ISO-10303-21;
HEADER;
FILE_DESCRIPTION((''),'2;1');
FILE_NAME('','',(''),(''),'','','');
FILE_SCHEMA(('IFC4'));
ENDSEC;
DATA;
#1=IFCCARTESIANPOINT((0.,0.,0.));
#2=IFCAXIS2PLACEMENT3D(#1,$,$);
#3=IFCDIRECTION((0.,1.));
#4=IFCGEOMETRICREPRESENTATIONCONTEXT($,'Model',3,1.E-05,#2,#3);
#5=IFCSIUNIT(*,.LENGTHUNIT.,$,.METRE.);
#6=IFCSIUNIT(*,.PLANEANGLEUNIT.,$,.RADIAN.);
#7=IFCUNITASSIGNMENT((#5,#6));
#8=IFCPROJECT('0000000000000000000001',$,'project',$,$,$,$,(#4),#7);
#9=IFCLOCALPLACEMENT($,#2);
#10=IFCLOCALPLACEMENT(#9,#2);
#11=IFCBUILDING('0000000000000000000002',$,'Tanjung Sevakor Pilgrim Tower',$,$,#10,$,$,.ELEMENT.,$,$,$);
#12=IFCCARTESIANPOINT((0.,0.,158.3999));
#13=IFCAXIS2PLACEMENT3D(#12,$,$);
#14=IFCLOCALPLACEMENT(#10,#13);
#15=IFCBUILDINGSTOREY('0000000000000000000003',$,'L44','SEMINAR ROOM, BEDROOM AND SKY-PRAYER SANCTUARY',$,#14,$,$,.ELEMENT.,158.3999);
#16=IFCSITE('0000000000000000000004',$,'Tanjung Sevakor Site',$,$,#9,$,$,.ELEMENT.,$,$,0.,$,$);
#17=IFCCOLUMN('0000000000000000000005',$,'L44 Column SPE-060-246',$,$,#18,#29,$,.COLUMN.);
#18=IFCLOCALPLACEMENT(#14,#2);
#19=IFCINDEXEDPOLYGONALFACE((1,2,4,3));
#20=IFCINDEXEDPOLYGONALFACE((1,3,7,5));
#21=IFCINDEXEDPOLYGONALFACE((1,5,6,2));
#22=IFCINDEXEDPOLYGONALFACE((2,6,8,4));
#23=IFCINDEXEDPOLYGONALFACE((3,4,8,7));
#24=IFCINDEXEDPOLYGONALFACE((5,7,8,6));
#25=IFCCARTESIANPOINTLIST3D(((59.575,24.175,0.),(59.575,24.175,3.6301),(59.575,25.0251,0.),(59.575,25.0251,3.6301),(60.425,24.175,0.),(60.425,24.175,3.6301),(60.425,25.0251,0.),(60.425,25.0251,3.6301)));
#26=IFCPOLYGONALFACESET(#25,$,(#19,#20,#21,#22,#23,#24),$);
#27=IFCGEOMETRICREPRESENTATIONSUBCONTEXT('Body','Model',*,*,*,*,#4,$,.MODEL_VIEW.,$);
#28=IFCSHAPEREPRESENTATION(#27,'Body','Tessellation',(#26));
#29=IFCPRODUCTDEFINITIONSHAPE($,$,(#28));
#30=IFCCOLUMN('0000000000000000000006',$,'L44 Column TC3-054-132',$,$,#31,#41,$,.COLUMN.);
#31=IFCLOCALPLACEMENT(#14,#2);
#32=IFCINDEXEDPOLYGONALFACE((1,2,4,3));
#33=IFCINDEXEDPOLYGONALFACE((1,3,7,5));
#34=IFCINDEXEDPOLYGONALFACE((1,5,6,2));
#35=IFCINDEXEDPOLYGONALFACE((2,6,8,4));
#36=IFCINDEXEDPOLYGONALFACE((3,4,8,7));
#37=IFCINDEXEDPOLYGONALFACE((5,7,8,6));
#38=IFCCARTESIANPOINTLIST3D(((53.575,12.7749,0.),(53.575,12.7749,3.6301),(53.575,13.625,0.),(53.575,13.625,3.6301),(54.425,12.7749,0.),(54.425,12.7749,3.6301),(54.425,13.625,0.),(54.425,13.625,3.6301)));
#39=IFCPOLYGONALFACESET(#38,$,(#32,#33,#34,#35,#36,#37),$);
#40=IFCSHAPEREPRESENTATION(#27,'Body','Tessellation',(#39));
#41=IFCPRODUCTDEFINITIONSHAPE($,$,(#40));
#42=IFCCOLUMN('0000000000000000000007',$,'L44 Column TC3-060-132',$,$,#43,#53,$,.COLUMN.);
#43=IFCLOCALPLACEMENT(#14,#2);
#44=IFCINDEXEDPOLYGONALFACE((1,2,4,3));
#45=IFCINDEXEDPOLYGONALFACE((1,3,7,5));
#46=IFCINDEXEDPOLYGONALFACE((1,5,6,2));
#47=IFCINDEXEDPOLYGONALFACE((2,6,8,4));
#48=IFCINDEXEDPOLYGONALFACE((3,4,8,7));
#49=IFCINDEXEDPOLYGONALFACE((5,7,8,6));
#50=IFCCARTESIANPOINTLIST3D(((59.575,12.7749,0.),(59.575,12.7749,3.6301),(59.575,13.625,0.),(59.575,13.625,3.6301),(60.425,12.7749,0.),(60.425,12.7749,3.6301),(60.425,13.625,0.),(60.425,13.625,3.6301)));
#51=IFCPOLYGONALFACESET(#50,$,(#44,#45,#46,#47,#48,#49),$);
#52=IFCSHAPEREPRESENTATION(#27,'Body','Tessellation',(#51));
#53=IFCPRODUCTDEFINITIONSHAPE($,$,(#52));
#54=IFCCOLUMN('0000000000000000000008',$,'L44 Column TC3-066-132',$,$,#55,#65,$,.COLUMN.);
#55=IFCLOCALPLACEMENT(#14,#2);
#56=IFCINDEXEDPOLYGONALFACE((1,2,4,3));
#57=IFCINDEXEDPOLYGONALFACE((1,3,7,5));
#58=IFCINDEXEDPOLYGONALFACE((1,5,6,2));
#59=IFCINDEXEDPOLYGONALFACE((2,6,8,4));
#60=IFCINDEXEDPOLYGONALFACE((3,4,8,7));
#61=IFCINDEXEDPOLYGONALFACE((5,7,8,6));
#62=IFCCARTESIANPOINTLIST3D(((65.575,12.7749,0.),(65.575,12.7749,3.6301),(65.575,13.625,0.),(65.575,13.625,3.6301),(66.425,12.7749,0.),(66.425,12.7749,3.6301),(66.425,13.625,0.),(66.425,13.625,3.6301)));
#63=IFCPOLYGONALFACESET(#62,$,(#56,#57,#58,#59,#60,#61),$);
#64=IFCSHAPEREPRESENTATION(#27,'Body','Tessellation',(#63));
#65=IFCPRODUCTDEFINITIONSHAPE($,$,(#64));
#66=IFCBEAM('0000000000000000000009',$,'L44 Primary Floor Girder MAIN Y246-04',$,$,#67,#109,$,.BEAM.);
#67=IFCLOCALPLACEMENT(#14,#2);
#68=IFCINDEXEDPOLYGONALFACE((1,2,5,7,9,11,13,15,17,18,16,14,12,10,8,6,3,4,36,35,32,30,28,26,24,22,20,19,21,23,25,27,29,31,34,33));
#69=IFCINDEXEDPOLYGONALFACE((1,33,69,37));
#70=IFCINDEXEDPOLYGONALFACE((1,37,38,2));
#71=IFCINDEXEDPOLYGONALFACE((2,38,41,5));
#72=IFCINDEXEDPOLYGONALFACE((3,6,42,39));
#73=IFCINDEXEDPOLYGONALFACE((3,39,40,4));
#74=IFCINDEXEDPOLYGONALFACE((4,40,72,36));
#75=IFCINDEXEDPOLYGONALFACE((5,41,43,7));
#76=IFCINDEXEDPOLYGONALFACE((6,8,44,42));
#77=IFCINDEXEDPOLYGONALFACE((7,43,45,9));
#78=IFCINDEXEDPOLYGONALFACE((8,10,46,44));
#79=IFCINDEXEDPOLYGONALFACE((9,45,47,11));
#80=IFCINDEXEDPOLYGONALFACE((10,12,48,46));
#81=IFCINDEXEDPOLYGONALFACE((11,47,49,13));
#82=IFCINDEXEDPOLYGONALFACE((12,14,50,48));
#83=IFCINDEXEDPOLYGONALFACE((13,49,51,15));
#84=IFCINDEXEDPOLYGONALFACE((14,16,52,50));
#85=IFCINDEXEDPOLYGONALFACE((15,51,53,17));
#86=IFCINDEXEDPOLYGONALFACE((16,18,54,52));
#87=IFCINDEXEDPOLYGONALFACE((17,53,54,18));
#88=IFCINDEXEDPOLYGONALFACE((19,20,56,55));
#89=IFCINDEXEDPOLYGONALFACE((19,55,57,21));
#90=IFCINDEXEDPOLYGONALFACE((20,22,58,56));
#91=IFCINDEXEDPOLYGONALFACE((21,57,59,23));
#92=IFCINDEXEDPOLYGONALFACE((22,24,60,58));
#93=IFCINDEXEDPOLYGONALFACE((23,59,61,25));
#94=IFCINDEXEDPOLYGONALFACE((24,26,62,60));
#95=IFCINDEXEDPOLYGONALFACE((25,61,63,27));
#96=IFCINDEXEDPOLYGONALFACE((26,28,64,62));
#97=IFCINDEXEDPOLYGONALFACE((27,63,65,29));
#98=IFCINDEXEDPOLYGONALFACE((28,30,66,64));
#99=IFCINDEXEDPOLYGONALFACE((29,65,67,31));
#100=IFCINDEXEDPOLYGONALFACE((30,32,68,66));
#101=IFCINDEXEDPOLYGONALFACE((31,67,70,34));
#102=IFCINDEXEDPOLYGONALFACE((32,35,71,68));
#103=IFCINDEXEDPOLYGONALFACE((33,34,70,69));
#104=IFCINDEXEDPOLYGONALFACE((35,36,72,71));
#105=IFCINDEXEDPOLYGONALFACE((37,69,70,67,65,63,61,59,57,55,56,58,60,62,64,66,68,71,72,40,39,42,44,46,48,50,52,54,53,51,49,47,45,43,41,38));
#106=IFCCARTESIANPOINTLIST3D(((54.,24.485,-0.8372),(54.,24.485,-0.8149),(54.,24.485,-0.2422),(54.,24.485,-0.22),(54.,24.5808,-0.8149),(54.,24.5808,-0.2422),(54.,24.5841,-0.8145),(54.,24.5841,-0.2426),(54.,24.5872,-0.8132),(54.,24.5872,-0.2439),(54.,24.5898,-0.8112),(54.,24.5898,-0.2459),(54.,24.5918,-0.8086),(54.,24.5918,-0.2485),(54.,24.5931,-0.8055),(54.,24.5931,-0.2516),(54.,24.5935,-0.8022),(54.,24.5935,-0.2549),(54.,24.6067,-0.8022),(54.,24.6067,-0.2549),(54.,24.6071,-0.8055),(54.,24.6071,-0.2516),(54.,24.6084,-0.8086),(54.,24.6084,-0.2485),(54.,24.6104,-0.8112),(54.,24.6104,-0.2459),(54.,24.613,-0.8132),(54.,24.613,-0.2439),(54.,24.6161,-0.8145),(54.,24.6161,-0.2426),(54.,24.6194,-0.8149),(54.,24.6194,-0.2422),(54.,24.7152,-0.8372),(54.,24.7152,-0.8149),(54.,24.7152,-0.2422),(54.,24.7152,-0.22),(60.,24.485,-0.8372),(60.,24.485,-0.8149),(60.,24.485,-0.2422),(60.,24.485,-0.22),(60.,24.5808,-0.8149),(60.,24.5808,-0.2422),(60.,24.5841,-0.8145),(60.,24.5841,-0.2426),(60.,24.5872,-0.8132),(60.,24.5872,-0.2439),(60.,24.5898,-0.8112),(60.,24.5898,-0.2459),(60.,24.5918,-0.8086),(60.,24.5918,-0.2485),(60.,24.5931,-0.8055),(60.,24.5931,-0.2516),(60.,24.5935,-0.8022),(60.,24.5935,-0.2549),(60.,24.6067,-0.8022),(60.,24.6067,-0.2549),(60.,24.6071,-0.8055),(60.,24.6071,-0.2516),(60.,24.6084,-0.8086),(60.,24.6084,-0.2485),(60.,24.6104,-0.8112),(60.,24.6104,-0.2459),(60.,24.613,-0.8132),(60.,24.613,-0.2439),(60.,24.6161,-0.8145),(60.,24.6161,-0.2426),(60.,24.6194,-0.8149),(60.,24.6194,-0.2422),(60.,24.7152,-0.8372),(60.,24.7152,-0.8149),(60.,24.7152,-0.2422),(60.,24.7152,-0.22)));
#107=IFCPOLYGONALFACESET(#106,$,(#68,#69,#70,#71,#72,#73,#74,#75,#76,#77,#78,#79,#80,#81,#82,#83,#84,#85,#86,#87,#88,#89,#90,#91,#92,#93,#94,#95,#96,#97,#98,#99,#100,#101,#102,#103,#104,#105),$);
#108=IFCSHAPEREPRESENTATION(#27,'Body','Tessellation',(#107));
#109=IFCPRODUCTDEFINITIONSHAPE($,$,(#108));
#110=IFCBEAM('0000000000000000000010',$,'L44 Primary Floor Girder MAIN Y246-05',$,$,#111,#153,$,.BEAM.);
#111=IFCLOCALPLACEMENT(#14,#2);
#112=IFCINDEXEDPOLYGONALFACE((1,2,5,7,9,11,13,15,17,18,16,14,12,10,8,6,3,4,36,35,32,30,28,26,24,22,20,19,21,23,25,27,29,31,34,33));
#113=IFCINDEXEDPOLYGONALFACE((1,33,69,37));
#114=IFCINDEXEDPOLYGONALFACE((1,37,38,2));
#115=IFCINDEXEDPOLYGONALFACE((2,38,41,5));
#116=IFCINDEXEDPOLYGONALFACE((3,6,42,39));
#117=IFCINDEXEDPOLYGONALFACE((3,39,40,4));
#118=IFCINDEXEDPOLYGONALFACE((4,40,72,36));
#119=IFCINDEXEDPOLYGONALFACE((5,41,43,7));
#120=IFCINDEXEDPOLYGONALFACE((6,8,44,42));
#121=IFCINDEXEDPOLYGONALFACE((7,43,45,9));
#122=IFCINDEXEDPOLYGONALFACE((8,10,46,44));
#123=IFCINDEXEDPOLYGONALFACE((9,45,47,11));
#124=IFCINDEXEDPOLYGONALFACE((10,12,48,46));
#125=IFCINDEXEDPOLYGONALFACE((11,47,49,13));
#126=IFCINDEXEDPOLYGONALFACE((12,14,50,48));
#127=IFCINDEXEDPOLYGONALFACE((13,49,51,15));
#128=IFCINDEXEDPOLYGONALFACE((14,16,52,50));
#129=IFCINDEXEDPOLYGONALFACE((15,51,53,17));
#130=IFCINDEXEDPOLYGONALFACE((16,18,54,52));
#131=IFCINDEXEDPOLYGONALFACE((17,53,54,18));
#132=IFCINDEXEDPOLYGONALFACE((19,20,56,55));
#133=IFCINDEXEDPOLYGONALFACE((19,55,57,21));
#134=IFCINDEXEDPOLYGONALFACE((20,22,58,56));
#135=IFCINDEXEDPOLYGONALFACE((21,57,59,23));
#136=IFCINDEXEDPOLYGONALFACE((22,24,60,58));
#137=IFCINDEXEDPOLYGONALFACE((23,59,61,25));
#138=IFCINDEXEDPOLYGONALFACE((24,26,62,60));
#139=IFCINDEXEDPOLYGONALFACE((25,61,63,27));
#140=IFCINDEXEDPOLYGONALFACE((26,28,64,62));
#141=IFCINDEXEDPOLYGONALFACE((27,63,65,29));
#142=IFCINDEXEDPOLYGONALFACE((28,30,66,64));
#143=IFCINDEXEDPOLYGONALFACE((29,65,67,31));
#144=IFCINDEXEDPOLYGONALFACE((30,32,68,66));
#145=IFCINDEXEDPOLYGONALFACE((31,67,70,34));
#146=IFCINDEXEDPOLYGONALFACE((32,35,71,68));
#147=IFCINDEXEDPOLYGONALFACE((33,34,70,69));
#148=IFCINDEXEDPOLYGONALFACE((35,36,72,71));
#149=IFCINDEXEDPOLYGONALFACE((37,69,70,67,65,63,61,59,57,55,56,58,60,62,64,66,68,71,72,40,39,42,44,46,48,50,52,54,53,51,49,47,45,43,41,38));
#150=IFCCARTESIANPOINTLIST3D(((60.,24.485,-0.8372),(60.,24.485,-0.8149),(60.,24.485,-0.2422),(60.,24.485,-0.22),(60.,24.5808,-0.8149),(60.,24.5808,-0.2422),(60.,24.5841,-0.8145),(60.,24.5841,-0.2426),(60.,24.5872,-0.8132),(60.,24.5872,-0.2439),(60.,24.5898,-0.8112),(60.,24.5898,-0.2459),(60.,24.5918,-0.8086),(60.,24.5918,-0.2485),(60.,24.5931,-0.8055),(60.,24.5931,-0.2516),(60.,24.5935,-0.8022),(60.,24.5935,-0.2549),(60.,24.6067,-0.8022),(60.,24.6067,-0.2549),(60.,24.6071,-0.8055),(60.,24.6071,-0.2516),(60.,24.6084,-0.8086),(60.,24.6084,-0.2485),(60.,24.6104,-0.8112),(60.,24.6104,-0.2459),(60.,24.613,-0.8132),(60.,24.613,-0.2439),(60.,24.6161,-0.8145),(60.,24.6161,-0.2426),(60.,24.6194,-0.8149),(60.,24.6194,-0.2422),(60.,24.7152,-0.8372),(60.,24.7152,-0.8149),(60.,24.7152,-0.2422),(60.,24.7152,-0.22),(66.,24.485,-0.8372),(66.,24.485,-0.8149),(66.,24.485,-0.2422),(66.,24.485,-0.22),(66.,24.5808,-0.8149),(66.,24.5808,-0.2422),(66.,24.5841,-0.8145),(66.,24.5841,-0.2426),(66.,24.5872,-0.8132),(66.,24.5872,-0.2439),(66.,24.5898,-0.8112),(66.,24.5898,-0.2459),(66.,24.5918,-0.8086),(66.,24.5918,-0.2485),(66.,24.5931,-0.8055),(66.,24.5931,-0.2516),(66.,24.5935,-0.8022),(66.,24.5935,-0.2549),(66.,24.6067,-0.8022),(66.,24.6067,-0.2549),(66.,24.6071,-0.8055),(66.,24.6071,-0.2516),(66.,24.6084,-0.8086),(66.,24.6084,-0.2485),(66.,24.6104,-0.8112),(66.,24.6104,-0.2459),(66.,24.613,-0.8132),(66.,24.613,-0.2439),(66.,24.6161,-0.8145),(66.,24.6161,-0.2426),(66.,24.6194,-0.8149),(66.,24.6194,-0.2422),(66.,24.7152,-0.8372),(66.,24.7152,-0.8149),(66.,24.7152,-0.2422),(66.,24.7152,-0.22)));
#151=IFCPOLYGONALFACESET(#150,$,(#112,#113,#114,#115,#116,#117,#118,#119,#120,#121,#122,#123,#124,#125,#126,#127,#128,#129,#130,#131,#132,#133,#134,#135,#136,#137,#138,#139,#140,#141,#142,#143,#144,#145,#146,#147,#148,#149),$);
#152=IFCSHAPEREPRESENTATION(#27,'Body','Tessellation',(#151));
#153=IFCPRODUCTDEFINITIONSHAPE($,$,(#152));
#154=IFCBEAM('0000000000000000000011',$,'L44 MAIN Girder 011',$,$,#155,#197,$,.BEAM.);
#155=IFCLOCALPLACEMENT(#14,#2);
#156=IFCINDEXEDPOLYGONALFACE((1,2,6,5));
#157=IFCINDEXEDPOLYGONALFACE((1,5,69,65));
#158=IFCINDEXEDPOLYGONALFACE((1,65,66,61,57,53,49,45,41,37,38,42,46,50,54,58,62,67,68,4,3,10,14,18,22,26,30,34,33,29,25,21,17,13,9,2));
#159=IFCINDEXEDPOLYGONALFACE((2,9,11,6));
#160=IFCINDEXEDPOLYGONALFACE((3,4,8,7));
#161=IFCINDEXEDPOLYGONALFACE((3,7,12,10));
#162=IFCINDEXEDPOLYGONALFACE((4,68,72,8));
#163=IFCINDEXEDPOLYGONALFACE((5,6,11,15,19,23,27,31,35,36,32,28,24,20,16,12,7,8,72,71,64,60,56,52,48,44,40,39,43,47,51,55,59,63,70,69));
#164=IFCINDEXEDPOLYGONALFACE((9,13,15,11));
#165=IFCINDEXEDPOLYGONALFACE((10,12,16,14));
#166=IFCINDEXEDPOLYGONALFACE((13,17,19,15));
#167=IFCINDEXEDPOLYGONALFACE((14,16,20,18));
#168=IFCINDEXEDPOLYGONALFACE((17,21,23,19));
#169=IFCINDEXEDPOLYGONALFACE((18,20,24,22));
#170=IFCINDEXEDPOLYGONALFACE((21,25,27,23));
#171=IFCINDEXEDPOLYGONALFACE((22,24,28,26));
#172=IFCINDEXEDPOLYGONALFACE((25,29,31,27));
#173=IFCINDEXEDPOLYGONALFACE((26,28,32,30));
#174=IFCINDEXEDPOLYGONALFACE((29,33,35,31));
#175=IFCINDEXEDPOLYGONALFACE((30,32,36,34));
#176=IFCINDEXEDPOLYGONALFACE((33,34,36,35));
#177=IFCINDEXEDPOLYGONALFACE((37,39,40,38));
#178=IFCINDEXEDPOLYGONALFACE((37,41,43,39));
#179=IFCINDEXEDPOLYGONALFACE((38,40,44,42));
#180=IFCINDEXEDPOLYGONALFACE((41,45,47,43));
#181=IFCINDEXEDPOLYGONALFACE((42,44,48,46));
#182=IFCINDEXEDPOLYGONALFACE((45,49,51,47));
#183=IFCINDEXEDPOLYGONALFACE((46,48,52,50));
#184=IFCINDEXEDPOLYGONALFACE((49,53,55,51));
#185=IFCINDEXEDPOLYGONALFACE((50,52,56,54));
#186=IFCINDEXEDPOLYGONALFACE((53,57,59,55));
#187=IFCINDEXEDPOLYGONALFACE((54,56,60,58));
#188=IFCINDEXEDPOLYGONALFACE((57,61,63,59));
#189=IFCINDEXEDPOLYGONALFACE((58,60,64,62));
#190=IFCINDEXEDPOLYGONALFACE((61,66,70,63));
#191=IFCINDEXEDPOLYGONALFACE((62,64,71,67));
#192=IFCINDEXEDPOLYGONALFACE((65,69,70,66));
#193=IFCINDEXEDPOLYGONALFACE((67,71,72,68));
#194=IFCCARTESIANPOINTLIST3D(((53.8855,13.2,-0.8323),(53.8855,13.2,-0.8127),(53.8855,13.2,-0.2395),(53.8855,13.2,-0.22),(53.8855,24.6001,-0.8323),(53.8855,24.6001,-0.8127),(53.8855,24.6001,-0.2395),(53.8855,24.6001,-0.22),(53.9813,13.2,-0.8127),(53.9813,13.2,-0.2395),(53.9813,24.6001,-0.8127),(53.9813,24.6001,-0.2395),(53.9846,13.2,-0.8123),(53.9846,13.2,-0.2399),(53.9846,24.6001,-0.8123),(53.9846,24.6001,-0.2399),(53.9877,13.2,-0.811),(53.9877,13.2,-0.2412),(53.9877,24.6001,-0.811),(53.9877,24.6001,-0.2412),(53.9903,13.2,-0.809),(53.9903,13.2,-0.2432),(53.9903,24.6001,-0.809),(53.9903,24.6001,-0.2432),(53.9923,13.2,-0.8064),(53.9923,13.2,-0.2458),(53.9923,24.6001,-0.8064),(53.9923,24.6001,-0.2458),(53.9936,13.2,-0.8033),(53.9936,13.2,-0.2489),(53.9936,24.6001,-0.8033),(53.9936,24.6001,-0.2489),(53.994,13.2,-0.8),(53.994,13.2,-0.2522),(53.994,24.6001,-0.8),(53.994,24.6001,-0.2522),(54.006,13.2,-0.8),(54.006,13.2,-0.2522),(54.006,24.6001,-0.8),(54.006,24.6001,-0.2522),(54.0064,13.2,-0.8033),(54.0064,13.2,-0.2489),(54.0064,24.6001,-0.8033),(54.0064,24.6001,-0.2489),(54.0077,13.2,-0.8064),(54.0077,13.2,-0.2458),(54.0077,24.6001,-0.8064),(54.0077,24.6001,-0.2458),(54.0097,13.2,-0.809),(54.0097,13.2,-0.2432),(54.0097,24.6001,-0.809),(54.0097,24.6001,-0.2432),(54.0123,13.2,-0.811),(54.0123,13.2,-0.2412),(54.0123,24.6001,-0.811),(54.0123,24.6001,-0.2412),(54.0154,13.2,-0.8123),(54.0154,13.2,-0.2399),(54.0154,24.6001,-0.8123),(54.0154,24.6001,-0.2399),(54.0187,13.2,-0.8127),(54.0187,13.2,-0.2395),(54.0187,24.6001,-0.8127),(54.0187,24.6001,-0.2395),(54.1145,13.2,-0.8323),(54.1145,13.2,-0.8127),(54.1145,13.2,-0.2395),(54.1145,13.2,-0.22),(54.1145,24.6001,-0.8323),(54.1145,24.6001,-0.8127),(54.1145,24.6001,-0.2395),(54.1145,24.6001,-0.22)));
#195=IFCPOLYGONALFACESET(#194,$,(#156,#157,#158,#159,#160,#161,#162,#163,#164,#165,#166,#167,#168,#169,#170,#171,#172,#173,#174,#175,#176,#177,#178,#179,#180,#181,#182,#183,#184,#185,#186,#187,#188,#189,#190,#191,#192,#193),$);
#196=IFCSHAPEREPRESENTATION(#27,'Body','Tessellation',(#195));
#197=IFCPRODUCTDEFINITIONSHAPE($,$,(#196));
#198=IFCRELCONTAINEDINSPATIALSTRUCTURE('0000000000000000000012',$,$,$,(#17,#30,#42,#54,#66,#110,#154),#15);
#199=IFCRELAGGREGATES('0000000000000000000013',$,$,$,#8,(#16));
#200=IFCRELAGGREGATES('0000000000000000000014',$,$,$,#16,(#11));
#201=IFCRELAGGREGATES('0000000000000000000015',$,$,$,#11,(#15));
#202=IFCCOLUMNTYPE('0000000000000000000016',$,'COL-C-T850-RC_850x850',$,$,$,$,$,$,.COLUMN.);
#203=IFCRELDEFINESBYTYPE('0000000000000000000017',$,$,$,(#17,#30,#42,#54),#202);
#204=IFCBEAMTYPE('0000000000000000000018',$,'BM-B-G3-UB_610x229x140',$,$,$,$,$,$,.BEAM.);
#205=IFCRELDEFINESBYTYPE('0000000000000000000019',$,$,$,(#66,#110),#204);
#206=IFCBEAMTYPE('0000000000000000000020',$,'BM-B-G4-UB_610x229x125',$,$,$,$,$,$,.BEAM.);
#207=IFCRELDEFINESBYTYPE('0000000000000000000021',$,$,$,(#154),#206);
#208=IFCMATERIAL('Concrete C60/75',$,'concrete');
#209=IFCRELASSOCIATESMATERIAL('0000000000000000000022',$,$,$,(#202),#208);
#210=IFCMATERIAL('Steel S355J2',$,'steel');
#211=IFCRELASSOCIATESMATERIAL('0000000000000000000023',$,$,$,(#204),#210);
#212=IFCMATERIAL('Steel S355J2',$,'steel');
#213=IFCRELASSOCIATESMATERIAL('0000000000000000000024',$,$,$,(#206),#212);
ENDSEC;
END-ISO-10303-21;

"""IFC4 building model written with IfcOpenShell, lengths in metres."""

from ifc_helpers import new_model, si_unit, direction, frame, origin, origin_2d, place, context, subcontext, project, spatial, rectangle, i_section, extrude, material, material_profile, profile_set, type_object, element, save


model = new_model("IFC4")

# Units and contexts
model_context = context("Model", 3, precision=1e-05, world=origin(), true_north=direction((0.0, 1.0)))
body_context = subcontext(model_context, "Body", "Model", "MODEL_VIEW")
ifc_project = project(units=[si_unit("LENGTHUNIT", "METRE"), si_unit("PLANEANGLEUNIT", "RADIAN")], contexts=[model_context])

# Site, building, storey
site_placement = place(None, origin())
site = spatial("IfcSite", under=ifc_project, at=site_placement, Name="Tanjung Sevakor Site", CompositionType="ELEMENT", RefElevation=0.0)
building_placement = place(site_placement, origin())
building = spatial("IfcBuilding", under=site, at=building_placement, Name="Tanjung Sevakor Pilgrim Tower", CompositionType="ELEMENT")
storey_placement = place(building_placement, frame((0.0, 0.0, 158.3999)))
storey = spatial("IfcBuildingStorey", under=building, at=storey_placement, Name="L44", Description="SEMINAR ROOM, BEDROOM AND SKY-PRAYER SANCTUARY", CompositionType="ELEMENT", Elevation=158.3999)

# Columns
ifc_material_1 = material(Name="Concrete C60/75", Category="concrete")
ifc_material_profile_1 = material_profile(ifc_material_1, rectangle(XDim=0.8501, YDim=0.8501, at=origin_2d()))
ifc_profile_set_1 = profile_set([ifc_material_profile_1], Name="Concrete C60/75")
column_type = type_object("IfcColumnType", Name="COL-C-T850-RC_850x850", PredefinedType="COLUMN", material=ifc_profile_set_1)
for number, where, z_axis, x_axis, name in (
    (1, (60.0, 24.6001, 0.0), (0.0, 0.0, 1.0), (1.0, 0.0, 0.0), "L44 Column SPE-060-246"),
    (2, (54.0, 13.2, 0.0), (0.0, 0.0, 1.0), (1.0, 0.0, 0.0), "L44 Column TC3-054-132"),
    (3, (60.0, 13.2, 0.0), (0.0, 0.0, 1.0), (1.0, 0.0, 0.0), "L44 Column TC3-060-132"),
    (4, (66.0, 13.2, 0.0), (0.0, 0.0, 1.0), (1.0, 0.0, 0.0), "L44 Column TC3-066-132"),
):
    element("IfcColumn", number, at=place(storey_placement, frame(where, z_axis=z_axis, x_axis=x_axis)), inside=storey, type_object=column_type, Name=name, PredefinedType="COLUMN", context=body_context, shape_type="SweptSolid", body=[
        extrude(rectangle(XDim=0.8501, YDim=0.8501, at=origin_2d()), origin(), (0.0, 0.0, 1.0), 3.6301),
    ])

# Beams
ifc_material_2 = material(Name="Steel S355J2", Category="steel")
ifc_material_profile_2 = material_profile(ifc_material_2, i_section(OverallWidth=0.2302, OverallDepth=0.6172, WebThickness=0.0132, FlangeThickness=0.0222, FilletRadius=0.0127, at=origin_2d()))
ifc_profile_set_2 = profile_set([ifc_material_profile_2], Name="Steel S355J2")
beam_type_1 = type_object("IfcBeamType", Name="BM-B-G3-UB_610x229x140", PredefinedType="BEAM", material=ifc_profile_set_2)
for number, where, z_axis, x_axis, name in (
    (5, (54.0, 24.6001, -0.5286), (1.0, 0.0, 0.0), (0.0, 1.0, 0.0), "L44 Primary Floor Girder MAIN Y246-04"),
    (6, (60.0, 24.6001, -0.5286), (1.0, 0.0, 0.0), (0.0, 1.0, 0.0), "L44 Primary Floor Girder MAIN Y246-05"),
):
    element("IfcBeam", number, at=place(storey_placement, frame(where, z_axis=z_axis, x_axis=x_axis)), inside=storey, type_object=beam_type_1, Name=name, PredefinedType="BEAM", context=body_context, shape_type="SweptSolid", body=[
        extrude(i_section(OverallWidth=0.2302, OverallDepth=0.6172, WebThickness=0.0132, FlangeThickness=0.0222, FilletRadius=0.0127, at=origin_2d()), origin(), (0.0, 0.0, 1.0), 6.0),
    ])
ifc_material_3 = material(Name="Steel S355J2", Category="steel")
ifc_material_profile_3 = material_profile(ifc_material_3, i_section(OverallWidth=0.229, OverallDepth=0.6123, WebThickness=0.012, FlangeThickness=0.0195, FilletRadius=0.0127, at=origin_2d()))
ifc_profile_set_3 = profile_set([ifc_material_profile_3], Name="Steel S355J2")
beam_type_2 = type_object("IfcBeamType", Name="BM-B-G4-UB_610x229x125", PredefinedType="BEAM", material=ifc_profile_set_3)
beam_1_placement = place(storey_placement, frame((54.0, 13.2, -0.5261), z_axis=(0.0, 1.0, 0.0), x_axis=(-1.0, 0.0, 0.0)))
element("IfcBeam", 7, at=beam_1_placement, inside=storey, type_object=beam_type_2, Name="L44 MAIN Girder 011", PredefinedType="BEAM", context=body_context, shape_type="SweptSolid", body=[
    extrude(i_section(OverallWidth=0.229, OverallDepth=0.6123, WebThickness=0.012, FlangeThickness=0.0195, FilletRadius=0.0127, at=origin_2d()), origin(), (0.0, 0.0, 1.0), 11.4001),
])

save(model, "model.ifc")
